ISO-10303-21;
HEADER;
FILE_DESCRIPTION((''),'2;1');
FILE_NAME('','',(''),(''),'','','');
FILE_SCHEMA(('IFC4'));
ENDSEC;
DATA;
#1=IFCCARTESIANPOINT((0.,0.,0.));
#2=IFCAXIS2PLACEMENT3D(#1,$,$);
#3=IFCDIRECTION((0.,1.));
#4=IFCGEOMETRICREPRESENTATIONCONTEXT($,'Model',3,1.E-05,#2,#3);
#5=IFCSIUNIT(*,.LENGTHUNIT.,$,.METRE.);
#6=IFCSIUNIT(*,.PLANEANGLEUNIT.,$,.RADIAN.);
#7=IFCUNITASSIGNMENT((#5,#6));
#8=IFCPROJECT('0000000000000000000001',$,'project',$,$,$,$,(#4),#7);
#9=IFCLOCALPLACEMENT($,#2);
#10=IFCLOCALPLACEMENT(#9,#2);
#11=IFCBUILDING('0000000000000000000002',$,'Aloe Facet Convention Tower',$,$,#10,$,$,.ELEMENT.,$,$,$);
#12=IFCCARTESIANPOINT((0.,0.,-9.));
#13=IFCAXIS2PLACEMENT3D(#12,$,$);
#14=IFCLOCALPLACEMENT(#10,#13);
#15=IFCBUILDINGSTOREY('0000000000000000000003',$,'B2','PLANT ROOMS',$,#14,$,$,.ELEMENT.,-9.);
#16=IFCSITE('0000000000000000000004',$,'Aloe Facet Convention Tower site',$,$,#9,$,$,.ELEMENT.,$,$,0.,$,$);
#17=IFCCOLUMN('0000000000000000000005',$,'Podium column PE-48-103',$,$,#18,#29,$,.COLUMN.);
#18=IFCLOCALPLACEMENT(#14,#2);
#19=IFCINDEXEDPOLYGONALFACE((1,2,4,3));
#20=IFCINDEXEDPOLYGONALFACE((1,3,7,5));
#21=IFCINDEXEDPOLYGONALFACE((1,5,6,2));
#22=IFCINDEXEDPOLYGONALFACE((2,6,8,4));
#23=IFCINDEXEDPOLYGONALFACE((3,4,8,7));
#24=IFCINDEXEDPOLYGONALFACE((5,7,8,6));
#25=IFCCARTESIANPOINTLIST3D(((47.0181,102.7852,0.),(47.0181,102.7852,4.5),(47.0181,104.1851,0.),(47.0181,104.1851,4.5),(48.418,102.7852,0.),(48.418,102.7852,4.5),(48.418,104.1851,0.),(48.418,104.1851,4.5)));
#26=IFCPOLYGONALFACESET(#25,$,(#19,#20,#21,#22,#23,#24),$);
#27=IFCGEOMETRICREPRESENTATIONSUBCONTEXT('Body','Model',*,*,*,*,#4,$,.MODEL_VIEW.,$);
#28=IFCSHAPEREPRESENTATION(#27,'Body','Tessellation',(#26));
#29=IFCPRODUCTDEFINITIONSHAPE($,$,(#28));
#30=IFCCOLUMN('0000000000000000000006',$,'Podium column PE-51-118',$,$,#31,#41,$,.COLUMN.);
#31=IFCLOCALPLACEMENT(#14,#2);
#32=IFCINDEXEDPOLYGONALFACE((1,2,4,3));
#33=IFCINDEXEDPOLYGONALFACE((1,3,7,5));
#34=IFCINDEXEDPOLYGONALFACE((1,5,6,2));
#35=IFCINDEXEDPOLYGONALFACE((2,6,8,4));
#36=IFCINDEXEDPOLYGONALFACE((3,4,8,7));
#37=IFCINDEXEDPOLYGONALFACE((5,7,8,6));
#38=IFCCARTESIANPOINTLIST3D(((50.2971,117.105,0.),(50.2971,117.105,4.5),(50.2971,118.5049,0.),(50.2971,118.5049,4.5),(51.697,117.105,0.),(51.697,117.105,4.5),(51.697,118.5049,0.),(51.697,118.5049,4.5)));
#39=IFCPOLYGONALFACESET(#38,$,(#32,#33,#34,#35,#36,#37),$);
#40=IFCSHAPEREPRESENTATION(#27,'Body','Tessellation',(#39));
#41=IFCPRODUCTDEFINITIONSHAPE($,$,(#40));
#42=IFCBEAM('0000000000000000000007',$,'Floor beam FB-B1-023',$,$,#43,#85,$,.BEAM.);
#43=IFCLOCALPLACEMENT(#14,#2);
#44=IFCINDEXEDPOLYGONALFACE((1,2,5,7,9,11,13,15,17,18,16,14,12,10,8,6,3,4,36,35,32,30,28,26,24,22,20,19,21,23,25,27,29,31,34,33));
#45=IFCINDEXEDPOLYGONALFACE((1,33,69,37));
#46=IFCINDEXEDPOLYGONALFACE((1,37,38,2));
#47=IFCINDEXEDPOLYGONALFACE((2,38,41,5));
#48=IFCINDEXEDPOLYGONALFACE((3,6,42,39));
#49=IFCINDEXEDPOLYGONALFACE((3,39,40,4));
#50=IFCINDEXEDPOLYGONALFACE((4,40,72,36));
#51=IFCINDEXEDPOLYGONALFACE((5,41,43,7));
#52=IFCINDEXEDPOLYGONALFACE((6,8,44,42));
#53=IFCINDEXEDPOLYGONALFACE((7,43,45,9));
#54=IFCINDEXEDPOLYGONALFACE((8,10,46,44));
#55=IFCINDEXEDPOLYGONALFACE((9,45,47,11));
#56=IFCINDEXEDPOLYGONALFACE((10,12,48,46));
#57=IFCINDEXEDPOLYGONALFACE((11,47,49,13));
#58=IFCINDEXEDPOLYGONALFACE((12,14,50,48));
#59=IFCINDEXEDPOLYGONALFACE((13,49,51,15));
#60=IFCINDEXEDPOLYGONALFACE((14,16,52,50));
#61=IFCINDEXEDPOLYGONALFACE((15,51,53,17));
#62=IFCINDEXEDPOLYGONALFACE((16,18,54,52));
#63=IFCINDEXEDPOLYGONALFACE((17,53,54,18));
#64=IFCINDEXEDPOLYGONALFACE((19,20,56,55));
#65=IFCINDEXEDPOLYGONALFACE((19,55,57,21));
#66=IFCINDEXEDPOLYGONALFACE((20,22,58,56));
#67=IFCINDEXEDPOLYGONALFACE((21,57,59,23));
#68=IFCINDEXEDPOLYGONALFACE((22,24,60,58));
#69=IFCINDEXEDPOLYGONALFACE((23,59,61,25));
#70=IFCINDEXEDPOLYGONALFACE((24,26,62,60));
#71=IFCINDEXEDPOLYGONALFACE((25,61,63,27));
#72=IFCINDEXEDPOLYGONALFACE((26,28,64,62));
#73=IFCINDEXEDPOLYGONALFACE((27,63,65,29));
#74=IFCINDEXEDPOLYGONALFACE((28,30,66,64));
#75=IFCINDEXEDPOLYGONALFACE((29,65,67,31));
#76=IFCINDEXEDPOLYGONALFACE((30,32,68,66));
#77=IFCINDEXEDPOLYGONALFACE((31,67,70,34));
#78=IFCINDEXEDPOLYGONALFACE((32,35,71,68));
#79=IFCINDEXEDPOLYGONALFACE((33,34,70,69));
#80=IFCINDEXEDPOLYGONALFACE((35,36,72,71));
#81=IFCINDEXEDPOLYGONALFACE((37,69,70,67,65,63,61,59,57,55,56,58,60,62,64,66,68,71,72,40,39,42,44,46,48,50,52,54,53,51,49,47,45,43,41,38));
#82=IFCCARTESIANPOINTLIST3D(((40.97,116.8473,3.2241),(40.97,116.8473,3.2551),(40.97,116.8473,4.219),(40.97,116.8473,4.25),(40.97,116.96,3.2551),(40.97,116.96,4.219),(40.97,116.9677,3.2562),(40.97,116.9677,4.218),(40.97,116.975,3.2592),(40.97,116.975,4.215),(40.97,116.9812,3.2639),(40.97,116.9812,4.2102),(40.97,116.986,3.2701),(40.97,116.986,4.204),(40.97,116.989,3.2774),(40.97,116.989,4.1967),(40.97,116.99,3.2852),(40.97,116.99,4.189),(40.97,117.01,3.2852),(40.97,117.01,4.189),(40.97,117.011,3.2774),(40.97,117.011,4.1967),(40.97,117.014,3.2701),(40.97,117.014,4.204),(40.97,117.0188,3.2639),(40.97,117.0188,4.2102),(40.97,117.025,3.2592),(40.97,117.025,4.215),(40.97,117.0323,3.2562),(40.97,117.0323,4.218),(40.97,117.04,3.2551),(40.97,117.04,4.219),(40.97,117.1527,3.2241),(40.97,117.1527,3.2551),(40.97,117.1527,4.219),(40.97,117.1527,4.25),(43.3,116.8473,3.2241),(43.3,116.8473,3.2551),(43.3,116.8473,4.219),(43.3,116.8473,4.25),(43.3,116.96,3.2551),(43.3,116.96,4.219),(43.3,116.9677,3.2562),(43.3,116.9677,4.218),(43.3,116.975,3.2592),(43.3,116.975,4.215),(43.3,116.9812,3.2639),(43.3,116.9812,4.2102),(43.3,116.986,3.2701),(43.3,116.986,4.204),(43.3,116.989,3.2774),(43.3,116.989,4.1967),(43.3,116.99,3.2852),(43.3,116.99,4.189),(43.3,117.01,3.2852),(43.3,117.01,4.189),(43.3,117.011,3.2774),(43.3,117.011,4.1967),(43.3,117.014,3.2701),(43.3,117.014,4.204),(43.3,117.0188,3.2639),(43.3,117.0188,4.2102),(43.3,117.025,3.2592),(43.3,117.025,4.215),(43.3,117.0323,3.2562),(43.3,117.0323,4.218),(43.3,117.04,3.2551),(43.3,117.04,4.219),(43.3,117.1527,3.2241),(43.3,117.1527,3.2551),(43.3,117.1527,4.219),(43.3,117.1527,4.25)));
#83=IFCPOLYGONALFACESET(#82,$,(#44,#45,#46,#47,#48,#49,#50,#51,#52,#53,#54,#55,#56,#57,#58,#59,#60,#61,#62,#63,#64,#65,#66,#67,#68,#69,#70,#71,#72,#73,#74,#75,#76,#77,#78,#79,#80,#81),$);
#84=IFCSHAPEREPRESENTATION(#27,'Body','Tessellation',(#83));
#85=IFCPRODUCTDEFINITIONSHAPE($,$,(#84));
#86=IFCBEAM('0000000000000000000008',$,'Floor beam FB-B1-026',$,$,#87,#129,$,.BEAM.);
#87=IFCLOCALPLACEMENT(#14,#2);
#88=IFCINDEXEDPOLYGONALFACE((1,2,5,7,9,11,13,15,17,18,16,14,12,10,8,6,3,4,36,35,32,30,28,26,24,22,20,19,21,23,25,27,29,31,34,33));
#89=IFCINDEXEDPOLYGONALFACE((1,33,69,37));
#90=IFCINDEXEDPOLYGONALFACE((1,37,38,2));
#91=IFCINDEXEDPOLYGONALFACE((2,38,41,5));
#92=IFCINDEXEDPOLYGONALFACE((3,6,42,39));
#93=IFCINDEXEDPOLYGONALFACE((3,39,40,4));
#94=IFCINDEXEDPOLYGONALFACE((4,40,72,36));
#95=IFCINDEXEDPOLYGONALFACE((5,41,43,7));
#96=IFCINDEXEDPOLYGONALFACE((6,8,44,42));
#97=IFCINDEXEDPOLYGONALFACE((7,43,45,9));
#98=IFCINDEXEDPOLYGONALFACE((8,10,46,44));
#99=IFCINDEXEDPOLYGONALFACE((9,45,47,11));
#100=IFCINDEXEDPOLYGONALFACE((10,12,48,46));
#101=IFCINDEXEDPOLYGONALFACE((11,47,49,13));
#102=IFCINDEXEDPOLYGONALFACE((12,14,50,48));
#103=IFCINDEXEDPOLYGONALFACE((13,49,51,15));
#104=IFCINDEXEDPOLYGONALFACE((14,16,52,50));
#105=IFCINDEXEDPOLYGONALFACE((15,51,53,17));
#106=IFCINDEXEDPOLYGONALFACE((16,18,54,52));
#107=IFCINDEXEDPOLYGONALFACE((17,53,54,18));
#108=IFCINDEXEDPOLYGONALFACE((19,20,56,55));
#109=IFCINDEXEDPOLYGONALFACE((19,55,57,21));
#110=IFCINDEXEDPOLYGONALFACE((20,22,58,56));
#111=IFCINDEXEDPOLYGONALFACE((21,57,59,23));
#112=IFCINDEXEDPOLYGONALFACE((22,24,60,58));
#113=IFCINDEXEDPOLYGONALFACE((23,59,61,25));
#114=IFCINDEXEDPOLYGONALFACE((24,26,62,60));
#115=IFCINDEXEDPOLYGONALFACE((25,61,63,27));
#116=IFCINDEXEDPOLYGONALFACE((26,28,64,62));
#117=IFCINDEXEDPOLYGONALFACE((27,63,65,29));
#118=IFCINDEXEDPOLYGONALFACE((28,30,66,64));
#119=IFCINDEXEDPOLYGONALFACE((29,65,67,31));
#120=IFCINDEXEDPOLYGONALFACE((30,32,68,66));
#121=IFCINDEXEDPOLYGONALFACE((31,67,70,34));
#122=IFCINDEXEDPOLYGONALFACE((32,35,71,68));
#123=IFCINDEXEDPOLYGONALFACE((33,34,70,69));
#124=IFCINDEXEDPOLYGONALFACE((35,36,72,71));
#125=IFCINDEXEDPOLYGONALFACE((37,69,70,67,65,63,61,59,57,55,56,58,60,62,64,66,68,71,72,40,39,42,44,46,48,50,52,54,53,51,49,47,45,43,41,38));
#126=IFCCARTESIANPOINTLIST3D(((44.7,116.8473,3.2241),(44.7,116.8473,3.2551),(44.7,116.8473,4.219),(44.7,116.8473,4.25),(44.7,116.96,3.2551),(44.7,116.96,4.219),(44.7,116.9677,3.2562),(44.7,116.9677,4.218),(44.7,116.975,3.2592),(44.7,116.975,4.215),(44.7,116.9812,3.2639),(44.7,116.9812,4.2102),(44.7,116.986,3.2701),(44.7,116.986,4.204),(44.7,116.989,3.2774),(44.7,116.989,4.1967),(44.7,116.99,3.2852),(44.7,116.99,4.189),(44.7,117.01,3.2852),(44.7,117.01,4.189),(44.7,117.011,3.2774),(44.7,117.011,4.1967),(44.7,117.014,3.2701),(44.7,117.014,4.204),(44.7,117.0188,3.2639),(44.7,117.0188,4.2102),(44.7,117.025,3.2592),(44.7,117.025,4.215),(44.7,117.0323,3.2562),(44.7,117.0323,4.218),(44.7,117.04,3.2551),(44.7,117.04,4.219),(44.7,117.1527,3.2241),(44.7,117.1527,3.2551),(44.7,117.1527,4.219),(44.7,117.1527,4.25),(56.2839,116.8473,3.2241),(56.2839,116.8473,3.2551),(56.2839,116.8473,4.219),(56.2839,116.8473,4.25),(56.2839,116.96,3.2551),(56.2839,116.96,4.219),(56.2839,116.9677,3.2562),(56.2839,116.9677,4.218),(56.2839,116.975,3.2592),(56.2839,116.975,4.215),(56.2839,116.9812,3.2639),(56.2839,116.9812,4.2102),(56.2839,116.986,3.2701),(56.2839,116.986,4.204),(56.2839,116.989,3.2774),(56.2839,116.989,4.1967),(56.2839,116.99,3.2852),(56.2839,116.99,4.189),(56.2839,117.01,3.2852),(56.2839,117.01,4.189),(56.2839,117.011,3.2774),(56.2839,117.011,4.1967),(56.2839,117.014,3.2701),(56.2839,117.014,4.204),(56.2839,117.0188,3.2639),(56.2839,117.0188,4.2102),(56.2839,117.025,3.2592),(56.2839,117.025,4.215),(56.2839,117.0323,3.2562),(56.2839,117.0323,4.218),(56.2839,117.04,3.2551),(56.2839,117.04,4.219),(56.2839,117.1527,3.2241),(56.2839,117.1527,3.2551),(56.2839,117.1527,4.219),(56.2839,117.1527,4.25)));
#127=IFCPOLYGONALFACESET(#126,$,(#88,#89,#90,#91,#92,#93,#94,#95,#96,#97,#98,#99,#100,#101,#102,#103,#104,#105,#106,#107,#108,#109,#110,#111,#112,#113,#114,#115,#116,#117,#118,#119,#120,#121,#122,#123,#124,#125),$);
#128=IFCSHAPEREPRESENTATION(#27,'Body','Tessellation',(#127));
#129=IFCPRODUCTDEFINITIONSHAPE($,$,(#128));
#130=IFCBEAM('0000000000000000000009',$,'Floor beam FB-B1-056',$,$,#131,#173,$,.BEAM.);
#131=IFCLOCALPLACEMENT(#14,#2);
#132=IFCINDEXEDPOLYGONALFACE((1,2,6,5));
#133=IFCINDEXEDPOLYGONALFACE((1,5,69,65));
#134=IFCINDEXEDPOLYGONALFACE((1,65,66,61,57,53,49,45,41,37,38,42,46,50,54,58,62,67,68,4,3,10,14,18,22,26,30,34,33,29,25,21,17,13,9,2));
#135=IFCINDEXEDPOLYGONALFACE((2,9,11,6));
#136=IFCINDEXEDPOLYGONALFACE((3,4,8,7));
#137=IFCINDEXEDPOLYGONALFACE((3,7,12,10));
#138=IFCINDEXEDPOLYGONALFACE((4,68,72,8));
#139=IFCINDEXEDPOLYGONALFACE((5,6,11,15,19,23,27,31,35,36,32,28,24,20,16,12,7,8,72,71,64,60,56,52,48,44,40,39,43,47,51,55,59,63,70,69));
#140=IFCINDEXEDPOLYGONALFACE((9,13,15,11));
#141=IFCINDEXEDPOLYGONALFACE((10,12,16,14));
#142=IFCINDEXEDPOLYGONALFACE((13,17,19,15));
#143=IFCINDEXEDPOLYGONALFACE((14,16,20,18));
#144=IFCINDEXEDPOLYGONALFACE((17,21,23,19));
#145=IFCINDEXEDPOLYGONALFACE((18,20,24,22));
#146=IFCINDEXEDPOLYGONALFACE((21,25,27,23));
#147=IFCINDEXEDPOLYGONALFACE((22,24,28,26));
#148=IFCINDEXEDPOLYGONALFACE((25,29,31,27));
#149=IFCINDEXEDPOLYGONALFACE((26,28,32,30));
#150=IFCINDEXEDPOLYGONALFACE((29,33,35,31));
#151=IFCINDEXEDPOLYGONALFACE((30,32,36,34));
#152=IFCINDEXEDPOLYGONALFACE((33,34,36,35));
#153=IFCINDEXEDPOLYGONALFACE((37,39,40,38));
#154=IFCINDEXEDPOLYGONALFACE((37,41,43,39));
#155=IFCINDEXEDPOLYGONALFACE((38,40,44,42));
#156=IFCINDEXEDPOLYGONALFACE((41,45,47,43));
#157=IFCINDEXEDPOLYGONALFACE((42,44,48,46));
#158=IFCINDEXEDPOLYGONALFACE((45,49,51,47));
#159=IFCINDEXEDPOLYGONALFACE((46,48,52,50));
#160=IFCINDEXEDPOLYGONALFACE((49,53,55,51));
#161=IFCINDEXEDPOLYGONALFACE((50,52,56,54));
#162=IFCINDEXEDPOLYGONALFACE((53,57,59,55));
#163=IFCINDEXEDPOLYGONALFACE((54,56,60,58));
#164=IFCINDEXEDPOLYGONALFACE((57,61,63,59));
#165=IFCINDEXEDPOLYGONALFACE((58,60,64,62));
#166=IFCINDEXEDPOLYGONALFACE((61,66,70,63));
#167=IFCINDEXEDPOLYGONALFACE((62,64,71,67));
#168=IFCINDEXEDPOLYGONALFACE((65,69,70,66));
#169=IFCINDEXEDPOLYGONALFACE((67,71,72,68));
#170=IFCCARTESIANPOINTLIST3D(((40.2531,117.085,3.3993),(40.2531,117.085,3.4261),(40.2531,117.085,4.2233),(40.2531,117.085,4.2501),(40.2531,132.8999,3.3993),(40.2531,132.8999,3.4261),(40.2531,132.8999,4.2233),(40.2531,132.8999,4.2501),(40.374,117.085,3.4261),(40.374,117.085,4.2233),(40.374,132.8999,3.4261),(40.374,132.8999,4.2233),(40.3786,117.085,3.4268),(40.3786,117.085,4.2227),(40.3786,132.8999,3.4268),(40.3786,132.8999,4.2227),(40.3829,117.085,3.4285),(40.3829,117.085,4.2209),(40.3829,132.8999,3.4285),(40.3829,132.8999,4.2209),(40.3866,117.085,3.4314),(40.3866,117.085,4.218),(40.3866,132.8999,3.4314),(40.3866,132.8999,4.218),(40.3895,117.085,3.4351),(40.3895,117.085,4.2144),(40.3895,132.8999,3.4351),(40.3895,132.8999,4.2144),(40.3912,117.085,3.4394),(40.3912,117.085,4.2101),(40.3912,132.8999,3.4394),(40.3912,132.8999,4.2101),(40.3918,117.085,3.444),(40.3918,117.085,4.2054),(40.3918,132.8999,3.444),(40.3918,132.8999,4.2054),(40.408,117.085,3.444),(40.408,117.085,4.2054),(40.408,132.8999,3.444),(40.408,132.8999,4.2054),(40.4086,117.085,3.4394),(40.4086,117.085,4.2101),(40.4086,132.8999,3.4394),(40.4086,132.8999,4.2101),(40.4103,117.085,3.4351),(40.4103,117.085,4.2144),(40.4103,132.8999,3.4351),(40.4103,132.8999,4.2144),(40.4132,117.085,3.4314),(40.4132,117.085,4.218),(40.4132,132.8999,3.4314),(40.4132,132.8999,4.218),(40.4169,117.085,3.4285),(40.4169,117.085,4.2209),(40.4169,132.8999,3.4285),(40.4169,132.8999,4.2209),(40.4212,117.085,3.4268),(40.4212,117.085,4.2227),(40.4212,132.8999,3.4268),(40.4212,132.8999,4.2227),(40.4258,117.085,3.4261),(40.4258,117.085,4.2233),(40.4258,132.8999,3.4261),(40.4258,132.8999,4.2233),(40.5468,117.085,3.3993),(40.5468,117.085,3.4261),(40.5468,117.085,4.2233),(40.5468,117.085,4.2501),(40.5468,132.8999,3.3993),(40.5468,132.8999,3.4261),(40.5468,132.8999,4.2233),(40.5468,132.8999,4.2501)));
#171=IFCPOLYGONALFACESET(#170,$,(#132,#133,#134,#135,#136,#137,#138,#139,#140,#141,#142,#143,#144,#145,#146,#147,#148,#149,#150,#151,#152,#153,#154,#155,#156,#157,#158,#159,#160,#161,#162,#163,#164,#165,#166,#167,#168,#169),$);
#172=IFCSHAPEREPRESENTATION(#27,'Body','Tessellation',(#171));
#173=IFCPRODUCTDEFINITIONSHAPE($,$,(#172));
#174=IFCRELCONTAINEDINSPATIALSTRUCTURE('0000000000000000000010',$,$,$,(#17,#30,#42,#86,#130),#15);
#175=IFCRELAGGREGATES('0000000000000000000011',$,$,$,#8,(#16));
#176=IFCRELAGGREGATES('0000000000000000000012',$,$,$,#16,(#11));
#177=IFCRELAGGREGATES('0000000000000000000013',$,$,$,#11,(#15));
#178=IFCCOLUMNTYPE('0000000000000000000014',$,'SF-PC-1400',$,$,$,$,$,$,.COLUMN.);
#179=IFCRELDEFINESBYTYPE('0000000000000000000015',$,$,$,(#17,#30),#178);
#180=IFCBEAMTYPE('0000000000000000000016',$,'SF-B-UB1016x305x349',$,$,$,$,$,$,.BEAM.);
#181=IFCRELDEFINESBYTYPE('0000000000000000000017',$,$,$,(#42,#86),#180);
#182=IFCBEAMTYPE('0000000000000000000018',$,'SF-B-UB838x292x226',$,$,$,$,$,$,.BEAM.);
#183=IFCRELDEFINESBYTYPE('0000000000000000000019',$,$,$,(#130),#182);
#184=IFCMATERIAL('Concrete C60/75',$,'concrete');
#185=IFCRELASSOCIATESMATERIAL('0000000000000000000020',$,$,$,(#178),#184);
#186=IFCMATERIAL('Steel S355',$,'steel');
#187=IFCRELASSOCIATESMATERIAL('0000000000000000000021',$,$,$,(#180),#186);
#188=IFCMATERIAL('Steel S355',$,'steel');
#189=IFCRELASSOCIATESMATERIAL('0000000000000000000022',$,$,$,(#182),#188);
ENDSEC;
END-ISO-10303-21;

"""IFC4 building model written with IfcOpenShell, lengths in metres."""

from ifc_helpers import new_model, si_unit, direction, frame, origin, origin_2d, place, context, subcontext, project, spatial, rectangle, i_section, extrude, material, material_profile, profile_set, type_object, element, save


model = new_model("IFC4")

# Units and contexts
model_context = context("Model", 3, precision=1e-05, world=origin(), true_north=direction((0.0, 1.0)))
body_context = subcontext(model_context, "Body", "Model", "MODEL_VIEW")
ifc_project = project(units=[si_unit("LENGTHUNIT", "METRE"), si_unit("PLANEANGLEUNIT", "RADIAN")], contexts=[model_context])

# Site, building, storey
site_placement = place(None, origin())
site = spatial("IfcSite", under=ifc_project, at=site_placement, Name="Aloe Facet Convention Tower site", CompositionType="ELEMENT", RefElevation=0.0)
building_placement = place(site_placement, origin())
building = spatial("IfcBuilding", under=site, at=building_placement, Name="Aloe Facet Convention Tower", CompositionType="ELEMENT")
storey_placement = place(building_placement, frame((0.0, 0.0, -9.0)))
storey = spatial("IfcBuildingStorey", under=building, at=storey_placement, Name="B2", Description="PLANT ROOMS", CompositionType="ELEMENT", Elevation=-9.0)

# Columns
ifc_material_1 = material(Name="Concrete C60/75", Category="concrete")
ifc_material_profile_1 = material_profile(ifc_material_1, rectangle(XDim=1.3999, YDim=1.3999, at=origin_2d()), Name="SF-PC-1400")
ifc_profile_set_1 = profile_set([ifc_material_profile_1], Name="Concrete C60/75")
column_type = type_object("IfcColumnType", Name="SF-PC-1400", PredefinedType="COLUMN", material=ifc_profile_set_1)
for number, where, z_axis, x_axis, name in (
    (1, (47.718, 103.4851, 0.0), (0.0, 0.0, 1.0), (1.0, 0.0, 0.0), "Podium column PE-48-103"),
    (2, (50.9971, 117.8049, 0.0), (0.0, 0.0, 1.0), (1.0, 0.0, 0.0), "Podium column PE-51-118"),
):
    element("IfcColumn", number, at=place(storey_placement, frame(where, z_axis=z_axis, x_axis=x_axis)), inside=storey, type_object=column_type, Name=name, PredefinedType="COLUMN", context=body_context, shape_type="SweptSolid", body=[
        extrude(rectangle(XDim=1.3999, YDim=1.3999, at=origin_2d()), origin(), (0.0, 0.0, 1.0), 4.5),
    ])

# Beams
ifc_material_2 = material(Name="Steel S355", Category="steel")
ifc_material_profile_2 = material_profile(ifc_material_2, i_section(OverallWidth=0.3054, OverallDepth=1.0259, WebThickness=0.02, FlangeThickness=0.031, FilletRadius=0.03, at=origin_2d()), Name="UB 1016x305x349")
ifc_profile_set_2 = profile_set([ifc_material_profile_2], Name="Steel S355")
beam_type_1 = type_object("IfcBeamType", Name="SF-B-UB1016x305x349", PredefinedType="BEAM", material=ifc_profile_set_2)
beam_1_placement = place(storey_placement, frame((40.97, 117.0, 3.7371), z_axis=(1.0, 0.0, 0.0), x_axis=(0.0, 1.0, 0.0)))
element("IfcBeam", 3, at=beam_1_placement, inside=storey, type_object=beam_type_1, Name="Floor beam FB-B1-023", PredefinedType="BEAM", context=body_context, shape_type="SweptSolid", body=[
    extrude(i_section(OverallWidth=0.3054, OverallDepth=1.0259, WebThickness=0.02, FlangeThickness=0.031, FilletRadius=0.03, at=origin_2d()), origin(), (0.0, 0.0, 1.0), 2.3301),
])
beam_2_placement = place(storey_placement, frame((44.7, 117.0, 3.7371), z_axis=(1.0, 0.0, 0.0), x_axis=(0.0, 1.0, 0.0)))
element("IfcBeam", 4, at=beam_2_placement, inside=storey, type_object=beam_type_1, Name="Floor beam FB-B1-026", PredefinedType="BEAM", context=body_context, shape_type="SweptSolid", body=[
    extrude(i_section(OverallWidth=0.3054, OverallDepth=1.0259, WebThickness=0.02, FlangeThickness=0.031, FilletRadius=0.03, at=origin_2d()), origin(), (0.0, 0.0, 1.0), 11.584),
])
ifc_material_3 = material(Name="Steel S355", Category="steel")
ifc_material_profile_3 = material_profile(ifc_material_3, i_section(OverallWidth=0.2937, OverallDepth=0.8508, WebThickness=0.0161, FlangeThickness=0.0269, FilletRadius=0.0178, at=origin_2d()), Name="UB 838x292x226")
ifc_profile_set_3 = profile_set([ifc_material_profile_3], Name="Steel S355")
beam_type_2 = type_object("IfcBeamType", Name="SF-B-UB838x292x226", PredefinedType="BEAM", material=ifc_profile_set_3)
beam_3_placement = place(storey_placement, frame((40.3999, 117.085, 3.8247), z_axis=(0.0, 1.0, 0.0), x_axis=(-1.0, 0.0, 0.0)))
element("IfcBeam", 5, at=beam_3_placement, inside=storey, type_object=beam_type_2, Name="Floor beam FB-B1-056", PredefinedType="BEAM", context=body_context, shape_type="SweptSolid", body=[
    extrude(i_section(OverallWidth=0.2937, OverallDepth=0.8508, WebThickness=0.0161, FlangeThickness=0.0269, FilletRadius=0.0178, at=origin_2d()), origin(), (0.0, 0.0, 1.0), 15.8149),
])

save(model, "model.ifc")
